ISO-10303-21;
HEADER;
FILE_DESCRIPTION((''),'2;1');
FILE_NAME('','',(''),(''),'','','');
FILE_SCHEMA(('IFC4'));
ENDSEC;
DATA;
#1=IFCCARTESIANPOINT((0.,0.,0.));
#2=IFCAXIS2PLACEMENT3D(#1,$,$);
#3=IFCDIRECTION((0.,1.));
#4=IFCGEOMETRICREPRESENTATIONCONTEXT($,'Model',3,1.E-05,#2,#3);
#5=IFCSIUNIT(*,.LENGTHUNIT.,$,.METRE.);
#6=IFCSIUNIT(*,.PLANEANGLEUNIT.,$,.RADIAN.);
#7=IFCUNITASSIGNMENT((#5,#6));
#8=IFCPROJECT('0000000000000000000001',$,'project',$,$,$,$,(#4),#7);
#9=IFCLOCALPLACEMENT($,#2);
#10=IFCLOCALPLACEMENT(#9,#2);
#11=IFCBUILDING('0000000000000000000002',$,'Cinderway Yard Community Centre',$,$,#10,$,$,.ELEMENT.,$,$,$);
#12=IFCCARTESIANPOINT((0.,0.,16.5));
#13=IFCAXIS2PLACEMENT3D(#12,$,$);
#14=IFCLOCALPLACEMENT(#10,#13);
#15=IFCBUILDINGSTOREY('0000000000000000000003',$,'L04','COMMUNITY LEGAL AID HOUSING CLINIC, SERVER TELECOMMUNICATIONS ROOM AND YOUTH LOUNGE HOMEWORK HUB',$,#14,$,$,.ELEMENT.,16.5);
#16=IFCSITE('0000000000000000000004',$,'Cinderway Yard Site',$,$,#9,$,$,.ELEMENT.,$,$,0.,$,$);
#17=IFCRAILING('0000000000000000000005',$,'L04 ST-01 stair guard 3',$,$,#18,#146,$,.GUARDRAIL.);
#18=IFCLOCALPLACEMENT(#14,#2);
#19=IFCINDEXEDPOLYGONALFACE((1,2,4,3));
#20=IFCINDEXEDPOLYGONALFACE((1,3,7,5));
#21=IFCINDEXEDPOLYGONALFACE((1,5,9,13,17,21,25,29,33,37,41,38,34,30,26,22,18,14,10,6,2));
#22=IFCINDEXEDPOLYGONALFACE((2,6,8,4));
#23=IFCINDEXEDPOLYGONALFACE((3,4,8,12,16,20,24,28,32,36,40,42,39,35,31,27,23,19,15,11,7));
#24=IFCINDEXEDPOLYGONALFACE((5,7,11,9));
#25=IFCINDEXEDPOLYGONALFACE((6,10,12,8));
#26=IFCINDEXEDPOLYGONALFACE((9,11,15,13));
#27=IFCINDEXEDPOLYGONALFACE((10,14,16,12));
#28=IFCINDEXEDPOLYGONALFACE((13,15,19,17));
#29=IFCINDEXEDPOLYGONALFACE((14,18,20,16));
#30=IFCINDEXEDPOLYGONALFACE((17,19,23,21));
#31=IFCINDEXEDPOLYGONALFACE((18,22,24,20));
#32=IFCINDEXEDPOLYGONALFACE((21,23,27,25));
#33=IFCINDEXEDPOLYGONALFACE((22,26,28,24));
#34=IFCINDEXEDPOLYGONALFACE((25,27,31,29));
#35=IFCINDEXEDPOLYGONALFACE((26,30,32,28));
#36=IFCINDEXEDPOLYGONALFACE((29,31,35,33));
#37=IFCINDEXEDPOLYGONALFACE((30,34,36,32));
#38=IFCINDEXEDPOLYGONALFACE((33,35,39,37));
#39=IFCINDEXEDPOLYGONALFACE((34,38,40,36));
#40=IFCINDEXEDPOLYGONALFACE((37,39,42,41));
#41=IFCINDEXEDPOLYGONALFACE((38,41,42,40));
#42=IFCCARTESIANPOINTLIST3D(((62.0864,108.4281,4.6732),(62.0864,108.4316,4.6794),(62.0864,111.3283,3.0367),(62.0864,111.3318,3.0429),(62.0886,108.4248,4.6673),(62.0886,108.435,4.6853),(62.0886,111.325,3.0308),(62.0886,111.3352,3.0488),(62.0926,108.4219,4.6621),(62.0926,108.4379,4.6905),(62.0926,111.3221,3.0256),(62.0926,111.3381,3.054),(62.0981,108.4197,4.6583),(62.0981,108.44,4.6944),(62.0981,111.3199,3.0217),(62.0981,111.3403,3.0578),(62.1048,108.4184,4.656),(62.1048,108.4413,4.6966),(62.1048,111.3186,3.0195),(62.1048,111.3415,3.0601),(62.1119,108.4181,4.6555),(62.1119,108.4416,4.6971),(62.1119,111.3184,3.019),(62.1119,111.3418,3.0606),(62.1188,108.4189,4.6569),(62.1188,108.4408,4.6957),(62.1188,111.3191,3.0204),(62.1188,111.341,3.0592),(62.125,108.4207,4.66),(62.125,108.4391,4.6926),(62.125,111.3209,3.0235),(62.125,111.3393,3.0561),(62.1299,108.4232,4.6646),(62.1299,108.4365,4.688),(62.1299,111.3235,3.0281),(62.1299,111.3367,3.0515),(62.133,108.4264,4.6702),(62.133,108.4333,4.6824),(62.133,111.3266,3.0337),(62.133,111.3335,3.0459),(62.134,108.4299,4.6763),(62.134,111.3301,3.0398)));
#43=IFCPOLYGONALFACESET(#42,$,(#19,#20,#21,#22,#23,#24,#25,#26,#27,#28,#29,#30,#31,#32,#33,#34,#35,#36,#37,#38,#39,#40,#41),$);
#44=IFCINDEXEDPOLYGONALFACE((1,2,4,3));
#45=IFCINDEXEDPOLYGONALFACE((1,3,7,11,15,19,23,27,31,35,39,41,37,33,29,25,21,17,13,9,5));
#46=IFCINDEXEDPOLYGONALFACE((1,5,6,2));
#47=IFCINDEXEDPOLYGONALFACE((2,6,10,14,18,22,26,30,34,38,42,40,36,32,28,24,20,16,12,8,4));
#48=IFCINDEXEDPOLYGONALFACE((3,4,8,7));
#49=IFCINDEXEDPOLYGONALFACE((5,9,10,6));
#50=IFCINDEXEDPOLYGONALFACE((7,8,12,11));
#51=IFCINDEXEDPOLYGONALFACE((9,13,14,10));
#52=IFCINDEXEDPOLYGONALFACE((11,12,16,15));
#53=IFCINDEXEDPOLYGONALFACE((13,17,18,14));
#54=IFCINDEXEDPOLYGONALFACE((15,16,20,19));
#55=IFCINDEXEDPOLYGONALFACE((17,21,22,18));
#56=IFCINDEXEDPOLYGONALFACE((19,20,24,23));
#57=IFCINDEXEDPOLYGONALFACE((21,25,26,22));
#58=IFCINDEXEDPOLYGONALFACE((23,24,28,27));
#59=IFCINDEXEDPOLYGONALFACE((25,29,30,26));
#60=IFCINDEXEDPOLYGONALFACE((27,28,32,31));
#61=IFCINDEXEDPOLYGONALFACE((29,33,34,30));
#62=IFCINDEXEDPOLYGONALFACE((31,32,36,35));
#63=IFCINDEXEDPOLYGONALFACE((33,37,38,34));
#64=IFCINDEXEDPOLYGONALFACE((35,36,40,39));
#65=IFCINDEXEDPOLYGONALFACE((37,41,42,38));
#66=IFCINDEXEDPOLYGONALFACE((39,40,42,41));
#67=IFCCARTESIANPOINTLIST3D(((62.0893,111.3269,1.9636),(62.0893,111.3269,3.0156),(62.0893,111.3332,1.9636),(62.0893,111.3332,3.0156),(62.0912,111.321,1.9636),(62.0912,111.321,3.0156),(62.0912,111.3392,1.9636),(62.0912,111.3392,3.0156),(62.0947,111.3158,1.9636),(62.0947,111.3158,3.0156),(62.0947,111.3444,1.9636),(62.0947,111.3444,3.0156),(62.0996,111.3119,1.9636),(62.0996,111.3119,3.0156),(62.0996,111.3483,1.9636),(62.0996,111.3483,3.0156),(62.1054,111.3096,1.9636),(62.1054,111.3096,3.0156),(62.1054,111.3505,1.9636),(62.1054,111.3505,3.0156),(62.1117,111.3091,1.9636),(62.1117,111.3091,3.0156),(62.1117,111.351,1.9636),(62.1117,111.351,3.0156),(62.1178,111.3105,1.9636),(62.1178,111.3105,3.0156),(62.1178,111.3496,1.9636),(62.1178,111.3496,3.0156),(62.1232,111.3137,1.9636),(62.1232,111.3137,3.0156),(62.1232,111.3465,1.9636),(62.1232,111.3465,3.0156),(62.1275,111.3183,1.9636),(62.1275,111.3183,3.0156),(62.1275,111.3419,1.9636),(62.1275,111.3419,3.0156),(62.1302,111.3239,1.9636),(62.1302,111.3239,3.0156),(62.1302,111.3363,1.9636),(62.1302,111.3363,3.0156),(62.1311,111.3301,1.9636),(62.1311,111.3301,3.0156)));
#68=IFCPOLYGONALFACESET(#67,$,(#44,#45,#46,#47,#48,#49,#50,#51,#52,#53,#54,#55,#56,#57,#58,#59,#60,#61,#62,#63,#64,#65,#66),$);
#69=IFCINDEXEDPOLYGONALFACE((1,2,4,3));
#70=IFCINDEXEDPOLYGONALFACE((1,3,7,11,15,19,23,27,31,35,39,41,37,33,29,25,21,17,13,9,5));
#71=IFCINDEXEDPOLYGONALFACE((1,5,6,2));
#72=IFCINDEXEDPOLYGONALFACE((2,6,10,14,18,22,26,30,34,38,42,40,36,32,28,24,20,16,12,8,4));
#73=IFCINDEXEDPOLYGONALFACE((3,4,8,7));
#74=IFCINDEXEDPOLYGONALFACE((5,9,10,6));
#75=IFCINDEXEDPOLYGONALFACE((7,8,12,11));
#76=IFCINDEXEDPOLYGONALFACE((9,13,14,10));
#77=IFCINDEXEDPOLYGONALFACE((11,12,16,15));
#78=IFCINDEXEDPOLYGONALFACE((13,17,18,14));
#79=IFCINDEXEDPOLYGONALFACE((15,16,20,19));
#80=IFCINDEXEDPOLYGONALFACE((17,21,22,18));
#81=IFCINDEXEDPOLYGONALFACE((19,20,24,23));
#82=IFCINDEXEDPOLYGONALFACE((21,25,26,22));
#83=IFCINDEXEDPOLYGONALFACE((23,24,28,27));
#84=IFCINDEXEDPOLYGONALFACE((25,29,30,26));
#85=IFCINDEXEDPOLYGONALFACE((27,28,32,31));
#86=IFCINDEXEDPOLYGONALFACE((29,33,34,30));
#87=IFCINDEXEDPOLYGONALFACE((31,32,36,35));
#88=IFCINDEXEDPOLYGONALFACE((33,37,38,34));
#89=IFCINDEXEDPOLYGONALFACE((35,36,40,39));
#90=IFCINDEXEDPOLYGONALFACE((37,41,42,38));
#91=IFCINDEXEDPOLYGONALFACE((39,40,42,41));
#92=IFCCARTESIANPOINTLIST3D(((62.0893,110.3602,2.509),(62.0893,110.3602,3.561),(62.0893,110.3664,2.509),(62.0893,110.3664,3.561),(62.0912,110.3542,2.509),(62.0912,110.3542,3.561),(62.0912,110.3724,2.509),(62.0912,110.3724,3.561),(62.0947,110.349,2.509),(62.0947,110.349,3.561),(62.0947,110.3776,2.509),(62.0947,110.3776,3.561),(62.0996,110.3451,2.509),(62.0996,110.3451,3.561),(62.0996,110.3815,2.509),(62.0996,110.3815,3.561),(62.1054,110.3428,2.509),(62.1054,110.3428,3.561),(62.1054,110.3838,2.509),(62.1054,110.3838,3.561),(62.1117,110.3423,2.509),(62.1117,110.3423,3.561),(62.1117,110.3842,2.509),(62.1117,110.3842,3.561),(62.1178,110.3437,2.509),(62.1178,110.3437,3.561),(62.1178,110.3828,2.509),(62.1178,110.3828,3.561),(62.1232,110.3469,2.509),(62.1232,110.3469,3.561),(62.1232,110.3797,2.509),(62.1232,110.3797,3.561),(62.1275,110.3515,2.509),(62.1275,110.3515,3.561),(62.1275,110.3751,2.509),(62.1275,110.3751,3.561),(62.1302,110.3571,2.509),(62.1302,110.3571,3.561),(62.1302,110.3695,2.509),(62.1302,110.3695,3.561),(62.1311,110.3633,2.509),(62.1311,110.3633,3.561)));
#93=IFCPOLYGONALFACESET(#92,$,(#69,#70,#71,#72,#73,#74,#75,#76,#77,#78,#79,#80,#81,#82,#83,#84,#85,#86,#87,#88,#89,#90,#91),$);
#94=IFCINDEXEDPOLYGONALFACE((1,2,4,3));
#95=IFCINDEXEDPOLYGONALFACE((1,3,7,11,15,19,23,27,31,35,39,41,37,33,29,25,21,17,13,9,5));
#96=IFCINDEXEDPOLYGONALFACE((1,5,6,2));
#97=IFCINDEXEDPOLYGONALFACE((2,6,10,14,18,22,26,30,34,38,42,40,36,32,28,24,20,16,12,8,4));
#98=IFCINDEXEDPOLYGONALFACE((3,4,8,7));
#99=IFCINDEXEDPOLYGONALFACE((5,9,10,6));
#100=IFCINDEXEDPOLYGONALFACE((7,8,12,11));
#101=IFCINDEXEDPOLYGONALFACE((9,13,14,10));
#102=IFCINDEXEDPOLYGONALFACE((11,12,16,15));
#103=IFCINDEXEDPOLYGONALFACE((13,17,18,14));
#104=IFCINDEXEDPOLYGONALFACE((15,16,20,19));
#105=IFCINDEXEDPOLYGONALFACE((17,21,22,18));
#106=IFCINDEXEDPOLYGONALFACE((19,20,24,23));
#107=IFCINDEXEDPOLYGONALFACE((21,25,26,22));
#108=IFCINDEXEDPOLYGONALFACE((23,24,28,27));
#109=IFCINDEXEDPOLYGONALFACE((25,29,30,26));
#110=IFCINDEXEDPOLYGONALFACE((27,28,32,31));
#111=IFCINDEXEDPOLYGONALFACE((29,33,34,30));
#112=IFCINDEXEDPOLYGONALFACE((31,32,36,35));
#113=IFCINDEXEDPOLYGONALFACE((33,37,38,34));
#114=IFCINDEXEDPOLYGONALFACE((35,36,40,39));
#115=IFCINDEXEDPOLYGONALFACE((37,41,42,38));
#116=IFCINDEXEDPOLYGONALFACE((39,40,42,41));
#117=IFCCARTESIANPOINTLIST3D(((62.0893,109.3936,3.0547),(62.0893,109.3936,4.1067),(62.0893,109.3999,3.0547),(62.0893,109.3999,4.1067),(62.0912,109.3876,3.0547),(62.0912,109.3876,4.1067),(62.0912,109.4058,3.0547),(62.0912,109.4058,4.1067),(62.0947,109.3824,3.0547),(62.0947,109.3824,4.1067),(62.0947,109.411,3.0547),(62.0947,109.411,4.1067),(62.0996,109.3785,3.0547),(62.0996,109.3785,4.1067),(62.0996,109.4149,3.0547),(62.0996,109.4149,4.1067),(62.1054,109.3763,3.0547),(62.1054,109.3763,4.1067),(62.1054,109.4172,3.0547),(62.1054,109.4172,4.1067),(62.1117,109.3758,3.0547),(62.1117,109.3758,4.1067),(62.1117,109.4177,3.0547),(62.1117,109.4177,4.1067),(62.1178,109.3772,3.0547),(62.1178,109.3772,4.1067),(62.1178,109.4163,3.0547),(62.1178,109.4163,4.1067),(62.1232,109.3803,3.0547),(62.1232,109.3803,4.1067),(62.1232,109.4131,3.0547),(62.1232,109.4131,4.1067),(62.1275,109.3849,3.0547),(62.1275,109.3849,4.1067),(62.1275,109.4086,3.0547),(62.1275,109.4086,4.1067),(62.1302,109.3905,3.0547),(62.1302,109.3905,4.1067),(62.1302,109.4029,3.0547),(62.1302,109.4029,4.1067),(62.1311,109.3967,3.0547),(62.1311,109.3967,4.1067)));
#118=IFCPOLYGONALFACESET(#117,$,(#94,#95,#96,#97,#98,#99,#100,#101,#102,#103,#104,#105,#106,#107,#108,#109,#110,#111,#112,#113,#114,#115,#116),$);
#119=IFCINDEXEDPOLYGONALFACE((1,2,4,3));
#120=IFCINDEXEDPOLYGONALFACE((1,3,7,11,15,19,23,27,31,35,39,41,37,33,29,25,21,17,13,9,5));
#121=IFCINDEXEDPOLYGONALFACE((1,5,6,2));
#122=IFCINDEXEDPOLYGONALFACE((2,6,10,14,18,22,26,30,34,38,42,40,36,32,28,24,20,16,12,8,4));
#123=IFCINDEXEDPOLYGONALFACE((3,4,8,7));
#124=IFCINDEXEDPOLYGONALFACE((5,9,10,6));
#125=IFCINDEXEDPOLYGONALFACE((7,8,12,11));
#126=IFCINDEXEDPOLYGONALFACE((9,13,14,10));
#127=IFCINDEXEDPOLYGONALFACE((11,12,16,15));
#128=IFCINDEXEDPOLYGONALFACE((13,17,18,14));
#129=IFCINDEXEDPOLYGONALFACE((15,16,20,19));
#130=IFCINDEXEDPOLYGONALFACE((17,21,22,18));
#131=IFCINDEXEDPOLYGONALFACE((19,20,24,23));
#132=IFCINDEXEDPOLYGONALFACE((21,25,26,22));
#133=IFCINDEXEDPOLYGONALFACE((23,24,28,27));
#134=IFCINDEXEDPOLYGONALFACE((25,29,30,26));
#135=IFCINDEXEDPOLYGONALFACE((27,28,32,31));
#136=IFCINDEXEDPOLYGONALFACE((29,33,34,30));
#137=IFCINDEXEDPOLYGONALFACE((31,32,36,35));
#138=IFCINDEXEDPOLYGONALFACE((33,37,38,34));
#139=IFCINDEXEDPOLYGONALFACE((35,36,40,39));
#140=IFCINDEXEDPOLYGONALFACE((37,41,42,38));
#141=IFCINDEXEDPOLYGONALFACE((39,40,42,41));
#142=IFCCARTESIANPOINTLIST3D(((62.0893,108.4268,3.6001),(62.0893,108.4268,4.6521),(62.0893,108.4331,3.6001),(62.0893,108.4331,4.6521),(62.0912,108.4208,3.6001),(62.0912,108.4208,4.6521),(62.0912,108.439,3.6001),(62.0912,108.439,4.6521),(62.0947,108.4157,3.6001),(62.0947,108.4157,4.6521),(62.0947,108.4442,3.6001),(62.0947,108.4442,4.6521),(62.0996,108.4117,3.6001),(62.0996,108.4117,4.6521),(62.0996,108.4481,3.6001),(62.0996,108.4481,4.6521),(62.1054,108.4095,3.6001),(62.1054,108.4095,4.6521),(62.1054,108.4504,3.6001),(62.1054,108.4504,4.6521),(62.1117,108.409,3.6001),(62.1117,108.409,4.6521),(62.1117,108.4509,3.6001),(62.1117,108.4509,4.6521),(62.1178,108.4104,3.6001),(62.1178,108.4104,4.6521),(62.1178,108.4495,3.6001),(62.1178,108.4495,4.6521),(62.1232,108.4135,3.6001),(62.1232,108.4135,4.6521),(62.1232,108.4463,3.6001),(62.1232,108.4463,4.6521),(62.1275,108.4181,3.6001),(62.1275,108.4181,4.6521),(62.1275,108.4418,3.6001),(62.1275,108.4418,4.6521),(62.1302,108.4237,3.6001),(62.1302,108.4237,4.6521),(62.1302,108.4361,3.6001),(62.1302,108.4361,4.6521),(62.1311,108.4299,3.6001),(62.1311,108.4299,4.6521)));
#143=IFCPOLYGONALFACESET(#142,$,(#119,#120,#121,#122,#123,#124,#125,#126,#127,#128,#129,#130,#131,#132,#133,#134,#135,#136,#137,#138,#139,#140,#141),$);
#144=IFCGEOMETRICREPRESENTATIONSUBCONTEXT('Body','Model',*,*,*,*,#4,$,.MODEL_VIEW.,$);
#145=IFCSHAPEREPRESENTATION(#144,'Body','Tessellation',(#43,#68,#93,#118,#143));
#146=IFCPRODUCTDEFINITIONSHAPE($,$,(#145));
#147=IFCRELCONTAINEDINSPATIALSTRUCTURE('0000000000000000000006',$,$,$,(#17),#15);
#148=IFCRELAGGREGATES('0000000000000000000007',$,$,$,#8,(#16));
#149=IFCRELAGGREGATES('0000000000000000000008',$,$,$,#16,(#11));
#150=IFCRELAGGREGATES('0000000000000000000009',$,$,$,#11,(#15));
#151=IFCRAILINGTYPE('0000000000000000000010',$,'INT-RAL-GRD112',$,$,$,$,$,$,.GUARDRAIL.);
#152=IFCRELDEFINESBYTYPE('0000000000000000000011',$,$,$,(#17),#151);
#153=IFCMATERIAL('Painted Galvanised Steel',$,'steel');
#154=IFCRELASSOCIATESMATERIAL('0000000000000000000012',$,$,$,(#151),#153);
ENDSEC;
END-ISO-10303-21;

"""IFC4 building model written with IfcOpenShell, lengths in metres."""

from ifc_helpers import new_model, si_unit, direction, frame, origin, origin_2d, place, context, subcontext, project, spatial, circle, extrude, material, type_object, element, save


model = new_model("IFC4")

# Units and contexts
model_context = context("Model", 3, precision=1e-05, world=origin(), true_north=direction((0.0, 1.0)))
body_context = subcontext(model_context, "Body", "Model", "MODEL_VIEW")
ifc_project = project(units=[si_unit("LENGTHUNIT", "METRE"), si_unit("PLANEANGLEUNIT", "RADIAN")], contexts=[model_context])

# Site, building, storey
site_placement = place(None, origin())
site = spatial("IfcSite", under=ifc_project, at=site_placement, Name="Cinderway Yard Site", CompositionType="ELEMENT", RefElevation=0.0)
building_placement = place(site_placement, origin())
building = spatial("IfcBuilding", under=site, at=building_placement, Name="Cinderway Yard Community Centre", CompositionType="ELEMENT")
storey_placement = place(building_placement, frame((0.0, 0.0, 16.5)))
storey = spatial("IfcBuildingStorey", under=building, at=storey_placement, Name="L04", Description="COMMUNITY LEGAL AID HOUSING CLINIC, SERVER TELECOMMUNICATIONS ROOM AND YOUTH LOUNGE HOMEWORK HUB", CompositionType="ELEMENT", Elevation=16.5)

# Shared definitions
ifc_material_1 = material(Name="Painted Galvanised Steel", Category="steel")

# Railing
railing_type_1 = type_object("IfcRailingType", Name="INT-RAL-GRD112", PredefinedType="GUARDRAIL", material=ifc_material_1)
railing_1_placement = place(storey_placement, frame((62.1101, 111.3301, 1.9636)))
element("IfcRailing", 1, at=railing_1_placement, inside=storey, type_object=railing_type_1, Name="L04 ST-01 stair guard 3", PredefinedType="GUARDRAIL", context=body_context, shape_type="SweptSolid", body=[
    extrude(circle(Radius=0.0239, at=origin_2d()), frame((0.0, 0.0, 1.0762), z_axis=(0.0, -0.870915, 0.491434), x_axis=(1.0, 0.0, 0.0)), (0.0, 0.0, 1.0), 3.3301),
    extrude(circle(Radius=0.021, at=origin_2d()), origin(), (0.0, 0.0, 1.0), 1.052),
    extrude(circle(Radius=0.021, at=origin_2d()), frame((0.0, -0.9668, 0.5454)), (0.0, 0.0, 1.0), 1.052),
    extrude(circle(Radius=0.021, at=origin_2d()), frame((0.0, -1.9333, 1.0911)), (0.0, 0.0, 1.0), 1.052),
    extrude(circle(Radius=0.021, at=origin_2d()), frame((0.0, -2.9001, 1.6365)), (0.0, 0.0, 1.0), 1.052),
])

save(model, "model.ifc")
